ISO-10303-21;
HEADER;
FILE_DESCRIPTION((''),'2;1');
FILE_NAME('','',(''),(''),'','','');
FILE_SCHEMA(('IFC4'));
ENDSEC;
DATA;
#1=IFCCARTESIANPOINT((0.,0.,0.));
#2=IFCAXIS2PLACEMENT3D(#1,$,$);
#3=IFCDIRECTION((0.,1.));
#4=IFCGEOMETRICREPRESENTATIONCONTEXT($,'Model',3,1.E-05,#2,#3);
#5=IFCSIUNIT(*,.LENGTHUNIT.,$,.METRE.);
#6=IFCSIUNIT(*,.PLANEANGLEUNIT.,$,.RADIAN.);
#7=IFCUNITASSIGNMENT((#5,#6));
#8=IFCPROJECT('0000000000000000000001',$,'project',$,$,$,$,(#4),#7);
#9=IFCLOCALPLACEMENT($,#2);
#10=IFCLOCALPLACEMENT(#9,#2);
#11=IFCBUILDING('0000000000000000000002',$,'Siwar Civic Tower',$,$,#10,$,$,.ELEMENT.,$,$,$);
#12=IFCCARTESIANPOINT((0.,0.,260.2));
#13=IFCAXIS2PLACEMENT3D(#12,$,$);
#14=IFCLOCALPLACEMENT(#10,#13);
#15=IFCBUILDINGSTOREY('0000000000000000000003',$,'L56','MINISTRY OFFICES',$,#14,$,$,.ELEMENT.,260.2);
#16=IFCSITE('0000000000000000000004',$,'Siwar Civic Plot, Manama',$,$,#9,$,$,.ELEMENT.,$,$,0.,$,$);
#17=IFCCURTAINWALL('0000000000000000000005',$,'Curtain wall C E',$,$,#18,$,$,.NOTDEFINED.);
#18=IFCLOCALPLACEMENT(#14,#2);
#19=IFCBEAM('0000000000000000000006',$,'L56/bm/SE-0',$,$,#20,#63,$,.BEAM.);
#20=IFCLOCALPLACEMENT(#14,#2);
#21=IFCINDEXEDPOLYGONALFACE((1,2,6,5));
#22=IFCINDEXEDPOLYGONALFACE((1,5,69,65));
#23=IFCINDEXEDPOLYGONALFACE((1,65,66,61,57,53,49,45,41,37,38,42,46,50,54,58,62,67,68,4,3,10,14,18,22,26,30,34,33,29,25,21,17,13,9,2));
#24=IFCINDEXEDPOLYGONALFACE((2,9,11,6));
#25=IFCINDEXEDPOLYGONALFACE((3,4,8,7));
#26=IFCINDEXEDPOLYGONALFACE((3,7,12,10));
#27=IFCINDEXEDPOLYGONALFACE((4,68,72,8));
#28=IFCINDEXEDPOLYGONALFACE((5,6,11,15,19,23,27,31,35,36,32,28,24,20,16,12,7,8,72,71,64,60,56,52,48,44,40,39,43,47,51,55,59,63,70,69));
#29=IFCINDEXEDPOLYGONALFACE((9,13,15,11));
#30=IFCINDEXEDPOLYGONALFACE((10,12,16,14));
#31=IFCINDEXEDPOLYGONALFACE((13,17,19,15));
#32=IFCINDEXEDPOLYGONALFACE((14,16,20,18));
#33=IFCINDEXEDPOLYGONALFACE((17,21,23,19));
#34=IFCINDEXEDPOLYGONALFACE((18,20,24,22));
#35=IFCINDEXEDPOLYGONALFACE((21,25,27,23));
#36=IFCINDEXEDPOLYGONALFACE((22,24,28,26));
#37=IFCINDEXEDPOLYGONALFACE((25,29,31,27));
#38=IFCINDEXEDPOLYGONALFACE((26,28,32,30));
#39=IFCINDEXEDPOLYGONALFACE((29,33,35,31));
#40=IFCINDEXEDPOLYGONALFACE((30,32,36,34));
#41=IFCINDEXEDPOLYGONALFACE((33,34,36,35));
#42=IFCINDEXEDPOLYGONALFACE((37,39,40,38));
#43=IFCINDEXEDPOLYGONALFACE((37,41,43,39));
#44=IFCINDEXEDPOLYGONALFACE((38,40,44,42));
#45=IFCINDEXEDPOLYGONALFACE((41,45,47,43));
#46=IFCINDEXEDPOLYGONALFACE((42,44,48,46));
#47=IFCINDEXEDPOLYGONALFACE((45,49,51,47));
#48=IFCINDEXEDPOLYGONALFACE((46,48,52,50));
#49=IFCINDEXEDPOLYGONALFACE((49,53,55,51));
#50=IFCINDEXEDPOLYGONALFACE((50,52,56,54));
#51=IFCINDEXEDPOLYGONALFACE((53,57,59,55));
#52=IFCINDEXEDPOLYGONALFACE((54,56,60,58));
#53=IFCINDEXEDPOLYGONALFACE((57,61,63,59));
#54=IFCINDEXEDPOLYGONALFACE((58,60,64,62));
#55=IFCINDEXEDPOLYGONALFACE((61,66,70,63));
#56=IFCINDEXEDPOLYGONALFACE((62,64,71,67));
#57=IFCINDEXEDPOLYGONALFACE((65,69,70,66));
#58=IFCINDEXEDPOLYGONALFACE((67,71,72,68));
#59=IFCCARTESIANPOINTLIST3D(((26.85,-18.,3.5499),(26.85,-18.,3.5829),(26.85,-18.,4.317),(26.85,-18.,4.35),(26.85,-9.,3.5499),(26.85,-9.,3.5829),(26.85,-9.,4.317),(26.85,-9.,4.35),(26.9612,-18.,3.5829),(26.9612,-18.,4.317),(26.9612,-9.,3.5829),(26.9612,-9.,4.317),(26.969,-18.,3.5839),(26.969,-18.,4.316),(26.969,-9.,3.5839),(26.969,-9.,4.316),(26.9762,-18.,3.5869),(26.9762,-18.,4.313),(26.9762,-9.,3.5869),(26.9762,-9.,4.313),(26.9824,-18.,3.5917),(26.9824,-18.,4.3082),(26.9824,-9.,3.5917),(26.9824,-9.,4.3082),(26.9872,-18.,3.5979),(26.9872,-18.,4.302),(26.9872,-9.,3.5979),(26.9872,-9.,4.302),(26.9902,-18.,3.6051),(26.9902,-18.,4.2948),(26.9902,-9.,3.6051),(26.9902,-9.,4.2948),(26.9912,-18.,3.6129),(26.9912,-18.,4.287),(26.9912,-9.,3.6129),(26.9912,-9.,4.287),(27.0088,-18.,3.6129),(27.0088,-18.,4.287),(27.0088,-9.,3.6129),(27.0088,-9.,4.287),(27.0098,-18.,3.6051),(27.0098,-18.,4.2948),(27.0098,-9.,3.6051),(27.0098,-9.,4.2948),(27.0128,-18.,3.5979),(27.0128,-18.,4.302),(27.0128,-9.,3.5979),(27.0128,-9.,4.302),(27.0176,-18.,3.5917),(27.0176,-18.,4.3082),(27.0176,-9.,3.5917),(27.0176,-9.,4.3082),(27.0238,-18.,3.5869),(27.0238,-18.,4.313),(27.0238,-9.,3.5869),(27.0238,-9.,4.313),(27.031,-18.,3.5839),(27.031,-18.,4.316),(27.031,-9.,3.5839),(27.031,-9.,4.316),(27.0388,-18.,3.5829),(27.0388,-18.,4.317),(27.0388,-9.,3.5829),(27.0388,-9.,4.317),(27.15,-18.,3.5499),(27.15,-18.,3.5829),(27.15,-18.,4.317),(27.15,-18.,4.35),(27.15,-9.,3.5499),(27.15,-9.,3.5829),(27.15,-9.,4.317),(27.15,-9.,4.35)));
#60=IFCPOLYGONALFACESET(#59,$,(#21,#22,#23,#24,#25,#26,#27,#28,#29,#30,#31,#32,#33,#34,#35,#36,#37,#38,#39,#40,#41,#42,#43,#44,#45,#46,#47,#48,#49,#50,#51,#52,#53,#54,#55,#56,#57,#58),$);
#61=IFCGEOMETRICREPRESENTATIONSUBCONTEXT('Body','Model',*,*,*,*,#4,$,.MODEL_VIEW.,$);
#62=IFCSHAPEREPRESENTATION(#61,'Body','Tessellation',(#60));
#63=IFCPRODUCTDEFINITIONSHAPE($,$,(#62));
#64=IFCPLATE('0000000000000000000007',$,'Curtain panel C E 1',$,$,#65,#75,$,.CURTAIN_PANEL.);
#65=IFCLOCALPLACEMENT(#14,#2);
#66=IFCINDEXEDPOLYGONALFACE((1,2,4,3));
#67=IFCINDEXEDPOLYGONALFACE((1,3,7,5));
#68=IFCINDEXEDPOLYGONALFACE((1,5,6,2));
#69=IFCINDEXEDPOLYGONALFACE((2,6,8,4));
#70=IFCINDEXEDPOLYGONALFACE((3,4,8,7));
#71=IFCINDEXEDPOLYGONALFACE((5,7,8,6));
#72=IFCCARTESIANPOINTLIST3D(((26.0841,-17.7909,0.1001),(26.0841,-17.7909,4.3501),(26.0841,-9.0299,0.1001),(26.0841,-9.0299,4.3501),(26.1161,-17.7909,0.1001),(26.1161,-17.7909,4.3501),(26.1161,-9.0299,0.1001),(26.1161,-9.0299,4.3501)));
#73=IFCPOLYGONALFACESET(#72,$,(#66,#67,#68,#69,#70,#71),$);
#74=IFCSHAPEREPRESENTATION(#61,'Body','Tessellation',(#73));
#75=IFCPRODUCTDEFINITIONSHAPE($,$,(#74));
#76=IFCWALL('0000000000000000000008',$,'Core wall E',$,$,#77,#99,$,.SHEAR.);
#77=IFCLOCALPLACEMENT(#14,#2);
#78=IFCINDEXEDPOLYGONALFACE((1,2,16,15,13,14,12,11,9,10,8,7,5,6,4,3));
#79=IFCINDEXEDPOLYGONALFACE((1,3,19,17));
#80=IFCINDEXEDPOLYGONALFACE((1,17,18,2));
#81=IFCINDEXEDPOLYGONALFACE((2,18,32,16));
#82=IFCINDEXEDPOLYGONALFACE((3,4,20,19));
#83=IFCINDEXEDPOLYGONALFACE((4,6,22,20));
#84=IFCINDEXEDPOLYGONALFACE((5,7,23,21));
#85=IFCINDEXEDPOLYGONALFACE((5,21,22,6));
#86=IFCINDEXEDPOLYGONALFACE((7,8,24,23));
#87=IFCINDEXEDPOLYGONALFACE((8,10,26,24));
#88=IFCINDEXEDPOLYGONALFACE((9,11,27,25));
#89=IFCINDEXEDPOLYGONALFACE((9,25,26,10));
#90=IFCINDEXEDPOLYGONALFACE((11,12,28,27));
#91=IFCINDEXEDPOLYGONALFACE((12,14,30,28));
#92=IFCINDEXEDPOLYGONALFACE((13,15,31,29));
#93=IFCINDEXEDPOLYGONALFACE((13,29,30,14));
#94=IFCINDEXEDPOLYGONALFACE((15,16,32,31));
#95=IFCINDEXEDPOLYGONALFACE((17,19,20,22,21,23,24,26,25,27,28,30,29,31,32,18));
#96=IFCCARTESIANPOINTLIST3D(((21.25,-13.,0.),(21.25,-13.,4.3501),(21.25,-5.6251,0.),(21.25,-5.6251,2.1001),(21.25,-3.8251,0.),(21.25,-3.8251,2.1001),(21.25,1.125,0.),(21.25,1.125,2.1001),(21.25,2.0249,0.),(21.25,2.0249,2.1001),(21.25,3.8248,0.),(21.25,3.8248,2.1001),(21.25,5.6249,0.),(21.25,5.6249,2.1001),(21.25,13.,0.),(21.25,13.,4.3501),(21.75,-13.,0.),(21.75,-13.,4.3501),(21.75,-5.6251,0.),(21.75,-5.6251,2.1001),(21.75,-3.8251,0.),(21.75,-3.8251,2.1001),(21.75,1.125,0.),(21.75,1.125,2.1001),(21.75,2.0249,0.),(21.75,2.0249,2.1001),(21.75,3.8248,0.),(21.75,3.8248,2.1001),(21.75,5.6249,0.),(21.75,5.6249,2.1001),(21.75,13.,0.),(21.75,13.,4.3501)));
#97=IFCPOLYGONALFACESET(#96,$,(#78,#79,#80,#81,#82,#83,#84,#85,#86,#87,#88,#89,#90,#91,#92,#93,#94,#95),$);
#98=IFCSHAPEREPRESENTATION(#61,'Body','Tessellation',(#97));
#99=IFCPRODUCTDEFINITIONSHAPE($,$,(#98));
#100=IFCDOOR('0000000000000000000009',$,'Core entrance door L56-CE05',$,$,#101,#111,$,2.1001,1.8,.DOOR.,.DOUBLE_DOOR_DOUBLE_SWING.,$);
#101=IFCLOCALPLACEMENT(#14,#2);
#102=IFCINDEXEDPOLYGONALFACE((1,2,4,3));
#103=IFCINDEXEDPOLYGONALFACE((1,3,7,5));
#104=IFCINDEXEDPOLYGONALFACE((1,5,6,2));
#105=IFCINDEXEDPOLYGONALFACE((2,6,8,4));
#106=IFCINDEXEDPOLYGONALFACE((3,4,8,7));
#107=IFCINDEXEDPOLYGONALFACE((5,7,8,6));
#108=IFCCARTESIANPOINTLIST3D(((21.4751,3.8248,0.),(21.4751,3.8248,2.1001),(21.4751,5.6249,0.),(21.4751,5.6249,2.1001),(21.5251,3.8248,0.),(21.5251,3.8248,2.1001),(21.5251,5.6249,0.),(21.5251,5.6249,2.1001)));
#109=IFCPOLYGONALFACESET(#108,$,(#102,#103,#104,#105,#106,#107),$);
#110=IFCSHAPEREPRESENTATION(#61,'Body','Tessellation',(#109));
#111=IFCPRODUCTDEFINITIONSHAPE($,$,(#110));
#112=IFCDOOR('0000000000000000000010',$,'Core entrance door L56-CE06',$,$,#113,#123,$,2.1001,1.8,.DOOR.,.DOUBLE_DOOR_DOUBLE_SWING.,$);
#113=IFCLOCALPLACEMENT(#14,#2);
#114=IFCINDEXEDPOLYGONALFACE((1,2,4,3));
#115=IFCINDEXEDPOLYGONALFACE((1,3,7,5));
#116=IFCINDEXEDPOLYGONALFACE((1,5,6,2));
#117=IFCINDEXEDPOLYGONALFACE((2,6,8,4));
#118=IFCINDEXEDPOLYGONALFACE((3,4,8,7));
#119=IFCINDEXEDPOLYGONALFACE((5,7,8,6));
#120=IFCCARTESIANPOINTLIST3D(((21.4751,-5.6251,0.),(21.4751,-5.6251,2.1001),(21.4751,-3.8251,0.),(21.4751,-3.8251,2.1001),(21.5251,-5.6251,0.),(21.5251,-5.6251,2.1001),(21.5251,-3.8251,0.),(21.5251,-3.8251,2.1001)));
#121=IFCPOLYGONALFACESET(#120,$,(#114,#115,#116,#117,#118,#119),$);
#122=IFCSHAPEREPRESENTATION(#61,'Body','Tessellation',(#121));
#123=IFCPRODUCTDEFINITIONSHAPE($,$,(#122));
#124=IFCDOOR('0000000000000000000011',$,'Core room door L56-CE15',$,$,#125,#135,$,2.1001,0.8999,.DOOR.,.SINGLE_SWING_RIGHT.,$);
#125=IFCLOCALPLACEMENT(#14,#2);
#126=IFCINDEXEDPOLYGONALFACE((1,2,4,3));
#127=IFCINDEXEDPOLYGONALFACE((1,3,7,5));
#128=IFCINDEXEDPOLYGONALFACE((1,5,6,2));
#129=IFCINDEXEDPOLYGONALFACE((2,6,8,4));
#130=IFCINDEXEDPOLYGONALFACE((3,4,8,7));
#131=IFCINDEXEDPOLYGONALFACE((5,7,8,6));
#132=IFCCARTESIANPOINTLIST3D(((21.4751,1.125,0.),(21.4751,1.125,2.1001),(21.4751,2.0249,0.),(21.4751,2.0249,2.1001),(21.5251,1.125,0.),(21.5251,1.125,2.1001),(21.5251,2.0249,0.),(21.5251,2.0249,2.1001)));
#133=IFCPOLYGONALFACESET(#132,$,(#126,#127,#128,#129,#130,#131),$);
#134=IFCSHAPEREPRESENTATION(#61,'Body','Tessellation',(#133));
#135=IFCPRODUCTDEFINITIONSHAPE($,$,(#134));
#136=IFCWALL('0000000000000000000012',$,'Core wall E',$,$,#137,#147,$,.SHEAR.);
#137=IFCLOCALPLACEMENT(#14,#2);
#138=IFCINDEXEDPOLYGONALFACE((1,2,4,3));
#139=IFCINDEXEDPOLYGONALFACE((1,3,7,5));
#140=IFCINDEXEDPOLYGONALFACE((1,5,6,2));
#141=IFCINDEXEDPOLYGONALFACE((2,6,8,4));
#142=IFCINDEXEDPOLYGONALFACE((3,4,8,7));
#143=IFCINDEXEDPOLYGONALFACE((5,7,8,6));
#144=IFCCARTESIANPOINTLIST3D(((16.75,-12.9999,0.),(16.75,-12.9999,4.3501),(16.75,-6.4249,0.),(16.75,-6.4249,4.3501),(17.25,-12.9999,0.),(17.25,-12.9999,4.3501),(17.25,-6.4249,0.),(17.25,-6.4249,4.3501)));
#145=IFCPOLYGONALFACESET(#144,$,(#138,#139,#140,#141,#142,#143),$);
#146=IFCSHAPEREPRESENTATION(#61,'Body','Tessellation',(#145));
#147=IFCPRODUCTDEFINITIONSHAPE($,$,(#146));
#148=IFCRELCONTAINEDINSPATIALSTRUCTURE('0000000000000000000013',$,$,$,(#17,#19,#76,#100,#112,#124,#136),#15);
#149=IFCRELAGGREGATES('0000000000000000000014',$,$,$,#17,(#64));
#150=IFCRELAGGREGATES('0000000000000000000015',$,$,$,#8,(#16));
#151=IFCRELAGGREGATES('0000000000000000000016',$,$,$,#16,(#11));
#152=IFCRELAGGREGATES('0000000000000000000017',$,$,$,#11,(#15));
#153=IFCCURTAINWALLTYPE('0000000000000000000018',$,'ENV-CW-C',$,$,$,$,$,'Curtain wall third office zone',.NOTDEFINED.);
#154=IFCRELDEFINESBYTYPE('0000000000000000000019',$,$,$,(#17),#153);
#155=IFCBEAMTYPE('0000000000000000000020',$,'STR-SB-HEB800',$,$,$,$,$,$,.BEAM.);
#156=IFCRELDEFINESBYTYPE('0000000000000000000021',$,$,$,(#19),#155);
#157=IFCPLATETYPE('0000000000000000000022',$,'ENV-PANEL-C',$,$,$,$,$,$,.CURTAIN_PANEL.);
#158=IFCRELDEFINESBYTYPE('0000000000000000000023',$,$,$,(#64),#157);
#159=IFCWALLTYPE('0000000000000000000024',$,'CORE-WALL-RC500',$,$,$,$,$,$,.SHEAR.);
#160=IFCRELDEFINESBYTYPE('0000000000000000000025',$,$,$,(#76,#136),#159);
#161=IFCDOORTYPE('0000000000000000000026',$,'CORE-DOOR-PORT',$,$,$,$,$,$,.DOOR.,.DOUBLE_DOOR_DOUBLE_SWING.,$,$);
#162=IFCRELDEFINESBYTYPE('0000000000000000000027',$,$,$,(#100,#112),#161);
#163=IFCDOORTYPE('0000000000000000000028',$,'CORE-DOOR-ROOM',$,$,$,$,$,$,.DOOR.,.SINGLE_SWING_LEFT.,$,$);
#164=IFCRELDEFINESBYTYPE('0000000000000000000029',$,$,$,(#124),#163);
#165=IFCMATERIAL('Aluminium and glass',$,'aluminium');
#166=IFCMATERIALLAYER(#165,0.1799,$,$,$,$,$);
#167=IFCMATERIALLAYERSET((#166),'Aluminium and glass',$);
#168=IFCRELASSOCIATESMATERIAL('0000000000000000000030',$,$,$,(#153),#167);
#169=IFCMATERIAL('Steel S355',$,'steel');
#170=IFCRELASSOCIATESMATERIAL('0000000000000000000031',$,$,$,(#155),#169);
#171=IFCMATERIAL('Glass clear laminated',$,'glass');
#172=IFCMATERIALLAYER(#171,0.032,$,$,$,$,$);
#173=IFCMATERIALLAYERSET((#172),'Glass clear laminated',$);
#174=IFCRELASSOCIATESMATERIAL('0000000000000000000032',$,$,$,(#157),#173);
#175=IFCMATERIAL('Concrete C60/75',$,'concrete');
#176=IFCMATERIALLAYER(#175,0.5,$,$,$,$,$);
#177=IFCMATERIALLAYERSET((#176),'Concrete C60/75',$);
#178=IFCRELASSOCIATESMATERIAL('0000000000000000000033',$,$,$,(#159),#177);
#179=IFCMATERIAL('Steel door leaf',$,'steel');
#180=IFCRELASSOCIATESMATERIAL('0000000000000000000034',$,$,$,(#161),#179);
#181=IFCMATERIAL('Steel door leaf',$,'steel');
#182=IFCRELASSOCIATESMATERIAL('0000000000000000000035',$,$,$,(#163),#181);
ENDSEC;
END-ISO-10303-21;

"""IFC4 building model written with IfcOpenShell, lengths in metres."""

from ifc_helpers import new_model, si_unit, direction, frame, frame_2d, origin, origin_2d, place, context, subcontext, project, spatial, rectangle, i_section, extrude, material, layer, layer_set, material_profile, profile_set, type_object, element, fill, aggregate, save


model = new_model("IFC4")

# Units and contexts
model_context = context("Model", 3, precision=1e-05, world=origin(), true_north=direction((0.0, 1.0)))
body_context = subcontext(model_context, "Body", "Model", "MODEL_VIEW")
ifc_project = project(units=[si_unit("LENGTHUNIT", "METRE"), si_unit("PLANEANGLEUNIT", "RADIAN")], contexts=[model_context])

# Site, building, storey
site_placement = place(None, origin())
site = spatial("IfcSite", under=ifc_project, at=site_placement, Name="Siwar Civic Plot, Manama", CompositionType="ELEMENT", RefElevation=0.0)
building_placement = place(site_placement, origin())
building = spatial("IfcBuilding", under=site, at=building_placement, Name="Siwar Civic Tower", CompositionType="ELEMENT")
storey_placement = place(building_placement, frame((0.0, 0.0, 260.2)))
storey = spatial("IfcBuildingStorey", under=building, at=storey_placement, Name="L56", Description="MINISTRY OFFICES", CompositionType="ELEMENT", Elevation=260.2)

# Curtain wall
ifc_material_1 = material(Name="Aluminium and glass", Category="aluminium")
ifc_layer_1 = layer(ifc_material_1, 0.1799)
ifc_layer_set_1 = layer_set([ifc_layer_1], Name="Aluminium and glass")
curtain_wall_type = type_object("IfcCurtainWallType", Name="ENV-CW-C", ElementType="Curtain wall third office zone", PredefinedType="NOTDEFINED", material=ifc_layer_set_1)
curtain_wall_placement = place(storey_placement, origin())
curtain_wall = element("IfcCurtainWall", 1, at=curtain_wall_placement, inside=storey, type_object=curtain_wall_type, Name="Curtain wall C E", PredefinedType="NOTDEFINED")

# Beam
ifc_material_2 = material(Name="Steel S355", Category="steel")
ifc_material_profile_1 = material_profile(ifc_material_2, i_section(OverallWidth=0.3, OverallDepth=0.8, WebThickness=0.0176, FlangeThickness=0.033, FilletRadius=0.03, at=origin_2d()), Name="HEB800")
ifc_profile_set_1 = profile_set([ifc_material_profile_1], Name="Steel S355")
beam_type_1 = type_object("IfcBeamType", Name="STR-SB-HEB800", PredefinedType="BEAM", material=ifc_profile_set_1)
beam_1_placement = place(storey_placement, frame((27.0, -18.0, 3.95), z_axis=(0.0, 1.0, 0.0), x_axis=(-1.0, 0.0, 0.0)))
element("IfcBeam", 2, at=beam_1_placement, inside=storey, type_object=beam_type_1, Name="L56/bm/SE-0", PredefinedType="BEAM", context=body_context, shape_type="SweptSolid", body=[
    extrude(i_section(OverallWidth=0.3, OverallDepth=0.8, WebThickness=0.0176, FlangeThickness=0.033, FilletRadius=0.03, at=origin_2d()), origin(), (0.0, 0.0, 1.0), 9.0),
])

# Plate
ifc_material_3 = material(Name="Glass clear laminated", Category="glass")
ifc_layer_2 = layer(ifc_material_3, 0.032)
ifc_layer_set_2 = layer_set([ifc_layer_2], Name="Glass clear laminated")
plate_type = type_object("IfcPlateType", Name="ENV-PANEL-C", PredefinedType="CURTAIN_PANEL", material=ifc_layer_set_2)
plate_placement = place(storey_placement, frame((26.1001, -13.4104, 0.1001), z_axis=(0.0, 0.0, 1.0), x_axis=(0.0, 1.0, 0.0)))
plate = element("IfcPlate", 3, at=plate_placement, type_object=plate_type, Name="Curtain panel C E 1", PredefinedType="CURTAIN_PANEL", context=body_context, shape_type="SweptSolid", body=[
    extrude(rectangle(XDim=8.761, YDim=0.032, at=origin_2d()), origin(), (0.0, 0.0, 1.0), 4.25),
])
aggregate(curtain_wall, [plate])

# Wall, openings, doors
ifc_material_4 = material(Name="Concrete C60/75", Category="concrete")
ifc_layer_3 = layer(ifc_material_4, 0.5)
ifc_layer_set_3 = layer_set([ifc_layer_3], Name="Concrete C60/75")
wall_type_1 = type_object("IfcWallType", Name="CORE-WALL-RC500", PredefinedType="SHEAR", material=ifc_layer_set_3)
wall_1_placement = place(storey_placement, frame((21.5, -13.0, 0.0), z_axis=(0.0, 0.0, 1.0), x_axis=(0.0, 1.0, 0.0)))
wall_1 = element("IfcWall", 4, at=wall_1_placement, inside=storey, type_object=wall_type_1, Name="Core wall E", PredefinedType="SHEAR", context=body_context, shape_type="SweptSolid", body=[
    extrude(rectangle(XDim=26.0, YDim=0.5, at=frame_2d((13.0, 0.0))), origin(), (0.0, 0.0, 1.0), 4.3501),
])
opening_1_placement = place(wall_1_placement, frame((16.825, 0.0, 0.0)))
opening_1 = element("IfcOpeningElement", 5, at=opening_1_placement, cuts=wall_1, PredefinedType="OPENING", context=body_context, shape_type="SweptSolid", body=[
    extrude(rectangle(XDim=1.8, YDim=2.1001, at=frame_2d((0.8999, 1.05))), frame((0.0, 0.26, 0.0), z_axis=(0.0, -1.0, 0.0), x_axis=(1.0, 0.0, 0.0)), (0.0, 0.0, 1.0), 0.52),
])
opening_2_placement = place(wall_1_placement, frame((7.375, 0.0, 0.0)))
opening_2 = element("IfcOpeningElement", 6, at=opening_2_placement, cuts=wall_1, PredefinedType="OPENING", context=body_context, shape_type="SweptSolid", body=[
    extrude(rectangle(XDim=1.8, YDim=2.1001, at=frame_2d((0.8999, 1.05))), frame((0.0, 0.26, 0.0), z_axis=(0.0, -1.0, 0.0), x_axis=(1.0, 0.0, 0.0)), (0.0, 0.0, 1.0), 0.52),
])
opening_3_placement = place(wall_1_placement, frame((14.125, 0.0, 0.0)))
opening_3 = element("IfcOpeningElement", 7, at=opening_3_placement, cuts=wall_1, PredefinedType="OPENING", context=body_context, shape_type="SweptSolid", body=[
    extrude(rectangle(XDim=0.8999, YDim=2.1001, at=frame_2d((0.45, 1.05))), frame((0.0, 0.26, 0.0), z_axis=(0.0, -1.0, 0.0), x_axis=(1.0, 0.0, 0.0)), (0.0, 0.0, 1.0), 0.52),
])
ifc_material_5 = material(Name="Steel door leaf", Category="steel")
door_type_1 = type_object("IfcDoorType", Name="CORE-DOOR-PORT", OperationType="DOUBLE_DOOR_DOUBLE_SWING", PredefinedType="DOOR", material=ifc_material_5)
door_1_placement = place(opening_1_placement, origin())
door_1 = element("IfcDoor", 8, at=door_1_placement, inside=storey, type_object=door_type_1, Name="Core entrance door L56-CE05", OperationType="DOUBLE_DOOR_DOUBLE_SWING", OverallHeight=2.1001, OverallWidth=1.8, PredefinedType="DOOR", context=body_context, shape_type="SweptSolid", body=[
    extrude(rectangle(XDim=1.8, YDim=2.1001, at=frame_2d((0.8999, 1.05))), frame((0.0, 0.0249, 0.0), z_axis=(0.0, -1.0, 0.0), x_axis=(1.0, 0.0, 0.0)), (0.0, 0.0, 1.0), 0.05),
])
fill(opening_1, door_1)
door_2_placement = place(opening_2_placement, origin())
door_2 = element("IfcDoor", 9, at=door_2_placement, inside=storey, type_object=door_type_1, Name="Core entrance door L56-CE06", OperationType="DOUBLE_DOOR_DOUBLE_SWING", OverallHeight=2.1001, OverallWidth=1.8, PredefinedType="DOOR", context=body_context, shape_type="SweptSolid", body=[
    extrude(rectangle(XDim=1.8, YDim=2.1001, at=frame_2d((0.8999, 1.05))), frame((0.0, 0.0249, 0.0), z_axis=(0.0, -1.0, 0.0), x_axis=(1.0, 0.0, 0.0)), (0.0, 0.0, 1.0), 0.05),
])
fill(opening_2, door_2)
ifc_material_6 = material(Name="Steel door leaf", Category="steel")
door_type_2 = type_object("IfcDoorType", Name="CORE-DOOR-ROOM", OperationType="SINGLE_SWING_LEFT", PredefinedType="DOOR", material=ifc_material_6)
door_3_placement = place(opening_3_placement, origin())
door_3 = element("IfcDoor", 10, at=door_3_placement, inside=storey, type_object=door_type_2, Name="Core room door L56-CE15", OperationType="SINGLE_SWING_RIGHT", OverallHeight=2.1001, OverallWidth=0.8999, PredefinedType="DOOR", context=body_context, shape_type="SweptSolid", body=[
    extrude(rectangle(XDim=0.8999, YDim=2.1001, at=frame_2d((0.45, 1.05))), frame((0.0, 0.0249, 0.0), z_axis=(0.0, -1.0, 0.0), x_axis=(1.0, 0.0, 0.0)), (0.0, 0.0, 1.0), 0.05),
])
fill(opening_3, door_3)

# Wall
wall_2_placement = place(storey_placement, frame((17.0, -13.0, 0.0), z_axis=(0.0, 0.0, 1.0), x_axis=(0.0, 1.0, 0.0)))
element("IfcWall", 11, at=wall_2_placement, inside=storey, type_object=wall_type_1, Name="Core wall E", PredefinedType="SHEAR", context=body_context, shape_type="SweptSolid", body=[
    extrude(rectangle(XDim=6.575, YDim=0.5, at=frame_2d((3.2876, 0.0))), origin(), (0.0, 0.0, 1.0), 4.3501),
])

save(model, "model.ifc")
